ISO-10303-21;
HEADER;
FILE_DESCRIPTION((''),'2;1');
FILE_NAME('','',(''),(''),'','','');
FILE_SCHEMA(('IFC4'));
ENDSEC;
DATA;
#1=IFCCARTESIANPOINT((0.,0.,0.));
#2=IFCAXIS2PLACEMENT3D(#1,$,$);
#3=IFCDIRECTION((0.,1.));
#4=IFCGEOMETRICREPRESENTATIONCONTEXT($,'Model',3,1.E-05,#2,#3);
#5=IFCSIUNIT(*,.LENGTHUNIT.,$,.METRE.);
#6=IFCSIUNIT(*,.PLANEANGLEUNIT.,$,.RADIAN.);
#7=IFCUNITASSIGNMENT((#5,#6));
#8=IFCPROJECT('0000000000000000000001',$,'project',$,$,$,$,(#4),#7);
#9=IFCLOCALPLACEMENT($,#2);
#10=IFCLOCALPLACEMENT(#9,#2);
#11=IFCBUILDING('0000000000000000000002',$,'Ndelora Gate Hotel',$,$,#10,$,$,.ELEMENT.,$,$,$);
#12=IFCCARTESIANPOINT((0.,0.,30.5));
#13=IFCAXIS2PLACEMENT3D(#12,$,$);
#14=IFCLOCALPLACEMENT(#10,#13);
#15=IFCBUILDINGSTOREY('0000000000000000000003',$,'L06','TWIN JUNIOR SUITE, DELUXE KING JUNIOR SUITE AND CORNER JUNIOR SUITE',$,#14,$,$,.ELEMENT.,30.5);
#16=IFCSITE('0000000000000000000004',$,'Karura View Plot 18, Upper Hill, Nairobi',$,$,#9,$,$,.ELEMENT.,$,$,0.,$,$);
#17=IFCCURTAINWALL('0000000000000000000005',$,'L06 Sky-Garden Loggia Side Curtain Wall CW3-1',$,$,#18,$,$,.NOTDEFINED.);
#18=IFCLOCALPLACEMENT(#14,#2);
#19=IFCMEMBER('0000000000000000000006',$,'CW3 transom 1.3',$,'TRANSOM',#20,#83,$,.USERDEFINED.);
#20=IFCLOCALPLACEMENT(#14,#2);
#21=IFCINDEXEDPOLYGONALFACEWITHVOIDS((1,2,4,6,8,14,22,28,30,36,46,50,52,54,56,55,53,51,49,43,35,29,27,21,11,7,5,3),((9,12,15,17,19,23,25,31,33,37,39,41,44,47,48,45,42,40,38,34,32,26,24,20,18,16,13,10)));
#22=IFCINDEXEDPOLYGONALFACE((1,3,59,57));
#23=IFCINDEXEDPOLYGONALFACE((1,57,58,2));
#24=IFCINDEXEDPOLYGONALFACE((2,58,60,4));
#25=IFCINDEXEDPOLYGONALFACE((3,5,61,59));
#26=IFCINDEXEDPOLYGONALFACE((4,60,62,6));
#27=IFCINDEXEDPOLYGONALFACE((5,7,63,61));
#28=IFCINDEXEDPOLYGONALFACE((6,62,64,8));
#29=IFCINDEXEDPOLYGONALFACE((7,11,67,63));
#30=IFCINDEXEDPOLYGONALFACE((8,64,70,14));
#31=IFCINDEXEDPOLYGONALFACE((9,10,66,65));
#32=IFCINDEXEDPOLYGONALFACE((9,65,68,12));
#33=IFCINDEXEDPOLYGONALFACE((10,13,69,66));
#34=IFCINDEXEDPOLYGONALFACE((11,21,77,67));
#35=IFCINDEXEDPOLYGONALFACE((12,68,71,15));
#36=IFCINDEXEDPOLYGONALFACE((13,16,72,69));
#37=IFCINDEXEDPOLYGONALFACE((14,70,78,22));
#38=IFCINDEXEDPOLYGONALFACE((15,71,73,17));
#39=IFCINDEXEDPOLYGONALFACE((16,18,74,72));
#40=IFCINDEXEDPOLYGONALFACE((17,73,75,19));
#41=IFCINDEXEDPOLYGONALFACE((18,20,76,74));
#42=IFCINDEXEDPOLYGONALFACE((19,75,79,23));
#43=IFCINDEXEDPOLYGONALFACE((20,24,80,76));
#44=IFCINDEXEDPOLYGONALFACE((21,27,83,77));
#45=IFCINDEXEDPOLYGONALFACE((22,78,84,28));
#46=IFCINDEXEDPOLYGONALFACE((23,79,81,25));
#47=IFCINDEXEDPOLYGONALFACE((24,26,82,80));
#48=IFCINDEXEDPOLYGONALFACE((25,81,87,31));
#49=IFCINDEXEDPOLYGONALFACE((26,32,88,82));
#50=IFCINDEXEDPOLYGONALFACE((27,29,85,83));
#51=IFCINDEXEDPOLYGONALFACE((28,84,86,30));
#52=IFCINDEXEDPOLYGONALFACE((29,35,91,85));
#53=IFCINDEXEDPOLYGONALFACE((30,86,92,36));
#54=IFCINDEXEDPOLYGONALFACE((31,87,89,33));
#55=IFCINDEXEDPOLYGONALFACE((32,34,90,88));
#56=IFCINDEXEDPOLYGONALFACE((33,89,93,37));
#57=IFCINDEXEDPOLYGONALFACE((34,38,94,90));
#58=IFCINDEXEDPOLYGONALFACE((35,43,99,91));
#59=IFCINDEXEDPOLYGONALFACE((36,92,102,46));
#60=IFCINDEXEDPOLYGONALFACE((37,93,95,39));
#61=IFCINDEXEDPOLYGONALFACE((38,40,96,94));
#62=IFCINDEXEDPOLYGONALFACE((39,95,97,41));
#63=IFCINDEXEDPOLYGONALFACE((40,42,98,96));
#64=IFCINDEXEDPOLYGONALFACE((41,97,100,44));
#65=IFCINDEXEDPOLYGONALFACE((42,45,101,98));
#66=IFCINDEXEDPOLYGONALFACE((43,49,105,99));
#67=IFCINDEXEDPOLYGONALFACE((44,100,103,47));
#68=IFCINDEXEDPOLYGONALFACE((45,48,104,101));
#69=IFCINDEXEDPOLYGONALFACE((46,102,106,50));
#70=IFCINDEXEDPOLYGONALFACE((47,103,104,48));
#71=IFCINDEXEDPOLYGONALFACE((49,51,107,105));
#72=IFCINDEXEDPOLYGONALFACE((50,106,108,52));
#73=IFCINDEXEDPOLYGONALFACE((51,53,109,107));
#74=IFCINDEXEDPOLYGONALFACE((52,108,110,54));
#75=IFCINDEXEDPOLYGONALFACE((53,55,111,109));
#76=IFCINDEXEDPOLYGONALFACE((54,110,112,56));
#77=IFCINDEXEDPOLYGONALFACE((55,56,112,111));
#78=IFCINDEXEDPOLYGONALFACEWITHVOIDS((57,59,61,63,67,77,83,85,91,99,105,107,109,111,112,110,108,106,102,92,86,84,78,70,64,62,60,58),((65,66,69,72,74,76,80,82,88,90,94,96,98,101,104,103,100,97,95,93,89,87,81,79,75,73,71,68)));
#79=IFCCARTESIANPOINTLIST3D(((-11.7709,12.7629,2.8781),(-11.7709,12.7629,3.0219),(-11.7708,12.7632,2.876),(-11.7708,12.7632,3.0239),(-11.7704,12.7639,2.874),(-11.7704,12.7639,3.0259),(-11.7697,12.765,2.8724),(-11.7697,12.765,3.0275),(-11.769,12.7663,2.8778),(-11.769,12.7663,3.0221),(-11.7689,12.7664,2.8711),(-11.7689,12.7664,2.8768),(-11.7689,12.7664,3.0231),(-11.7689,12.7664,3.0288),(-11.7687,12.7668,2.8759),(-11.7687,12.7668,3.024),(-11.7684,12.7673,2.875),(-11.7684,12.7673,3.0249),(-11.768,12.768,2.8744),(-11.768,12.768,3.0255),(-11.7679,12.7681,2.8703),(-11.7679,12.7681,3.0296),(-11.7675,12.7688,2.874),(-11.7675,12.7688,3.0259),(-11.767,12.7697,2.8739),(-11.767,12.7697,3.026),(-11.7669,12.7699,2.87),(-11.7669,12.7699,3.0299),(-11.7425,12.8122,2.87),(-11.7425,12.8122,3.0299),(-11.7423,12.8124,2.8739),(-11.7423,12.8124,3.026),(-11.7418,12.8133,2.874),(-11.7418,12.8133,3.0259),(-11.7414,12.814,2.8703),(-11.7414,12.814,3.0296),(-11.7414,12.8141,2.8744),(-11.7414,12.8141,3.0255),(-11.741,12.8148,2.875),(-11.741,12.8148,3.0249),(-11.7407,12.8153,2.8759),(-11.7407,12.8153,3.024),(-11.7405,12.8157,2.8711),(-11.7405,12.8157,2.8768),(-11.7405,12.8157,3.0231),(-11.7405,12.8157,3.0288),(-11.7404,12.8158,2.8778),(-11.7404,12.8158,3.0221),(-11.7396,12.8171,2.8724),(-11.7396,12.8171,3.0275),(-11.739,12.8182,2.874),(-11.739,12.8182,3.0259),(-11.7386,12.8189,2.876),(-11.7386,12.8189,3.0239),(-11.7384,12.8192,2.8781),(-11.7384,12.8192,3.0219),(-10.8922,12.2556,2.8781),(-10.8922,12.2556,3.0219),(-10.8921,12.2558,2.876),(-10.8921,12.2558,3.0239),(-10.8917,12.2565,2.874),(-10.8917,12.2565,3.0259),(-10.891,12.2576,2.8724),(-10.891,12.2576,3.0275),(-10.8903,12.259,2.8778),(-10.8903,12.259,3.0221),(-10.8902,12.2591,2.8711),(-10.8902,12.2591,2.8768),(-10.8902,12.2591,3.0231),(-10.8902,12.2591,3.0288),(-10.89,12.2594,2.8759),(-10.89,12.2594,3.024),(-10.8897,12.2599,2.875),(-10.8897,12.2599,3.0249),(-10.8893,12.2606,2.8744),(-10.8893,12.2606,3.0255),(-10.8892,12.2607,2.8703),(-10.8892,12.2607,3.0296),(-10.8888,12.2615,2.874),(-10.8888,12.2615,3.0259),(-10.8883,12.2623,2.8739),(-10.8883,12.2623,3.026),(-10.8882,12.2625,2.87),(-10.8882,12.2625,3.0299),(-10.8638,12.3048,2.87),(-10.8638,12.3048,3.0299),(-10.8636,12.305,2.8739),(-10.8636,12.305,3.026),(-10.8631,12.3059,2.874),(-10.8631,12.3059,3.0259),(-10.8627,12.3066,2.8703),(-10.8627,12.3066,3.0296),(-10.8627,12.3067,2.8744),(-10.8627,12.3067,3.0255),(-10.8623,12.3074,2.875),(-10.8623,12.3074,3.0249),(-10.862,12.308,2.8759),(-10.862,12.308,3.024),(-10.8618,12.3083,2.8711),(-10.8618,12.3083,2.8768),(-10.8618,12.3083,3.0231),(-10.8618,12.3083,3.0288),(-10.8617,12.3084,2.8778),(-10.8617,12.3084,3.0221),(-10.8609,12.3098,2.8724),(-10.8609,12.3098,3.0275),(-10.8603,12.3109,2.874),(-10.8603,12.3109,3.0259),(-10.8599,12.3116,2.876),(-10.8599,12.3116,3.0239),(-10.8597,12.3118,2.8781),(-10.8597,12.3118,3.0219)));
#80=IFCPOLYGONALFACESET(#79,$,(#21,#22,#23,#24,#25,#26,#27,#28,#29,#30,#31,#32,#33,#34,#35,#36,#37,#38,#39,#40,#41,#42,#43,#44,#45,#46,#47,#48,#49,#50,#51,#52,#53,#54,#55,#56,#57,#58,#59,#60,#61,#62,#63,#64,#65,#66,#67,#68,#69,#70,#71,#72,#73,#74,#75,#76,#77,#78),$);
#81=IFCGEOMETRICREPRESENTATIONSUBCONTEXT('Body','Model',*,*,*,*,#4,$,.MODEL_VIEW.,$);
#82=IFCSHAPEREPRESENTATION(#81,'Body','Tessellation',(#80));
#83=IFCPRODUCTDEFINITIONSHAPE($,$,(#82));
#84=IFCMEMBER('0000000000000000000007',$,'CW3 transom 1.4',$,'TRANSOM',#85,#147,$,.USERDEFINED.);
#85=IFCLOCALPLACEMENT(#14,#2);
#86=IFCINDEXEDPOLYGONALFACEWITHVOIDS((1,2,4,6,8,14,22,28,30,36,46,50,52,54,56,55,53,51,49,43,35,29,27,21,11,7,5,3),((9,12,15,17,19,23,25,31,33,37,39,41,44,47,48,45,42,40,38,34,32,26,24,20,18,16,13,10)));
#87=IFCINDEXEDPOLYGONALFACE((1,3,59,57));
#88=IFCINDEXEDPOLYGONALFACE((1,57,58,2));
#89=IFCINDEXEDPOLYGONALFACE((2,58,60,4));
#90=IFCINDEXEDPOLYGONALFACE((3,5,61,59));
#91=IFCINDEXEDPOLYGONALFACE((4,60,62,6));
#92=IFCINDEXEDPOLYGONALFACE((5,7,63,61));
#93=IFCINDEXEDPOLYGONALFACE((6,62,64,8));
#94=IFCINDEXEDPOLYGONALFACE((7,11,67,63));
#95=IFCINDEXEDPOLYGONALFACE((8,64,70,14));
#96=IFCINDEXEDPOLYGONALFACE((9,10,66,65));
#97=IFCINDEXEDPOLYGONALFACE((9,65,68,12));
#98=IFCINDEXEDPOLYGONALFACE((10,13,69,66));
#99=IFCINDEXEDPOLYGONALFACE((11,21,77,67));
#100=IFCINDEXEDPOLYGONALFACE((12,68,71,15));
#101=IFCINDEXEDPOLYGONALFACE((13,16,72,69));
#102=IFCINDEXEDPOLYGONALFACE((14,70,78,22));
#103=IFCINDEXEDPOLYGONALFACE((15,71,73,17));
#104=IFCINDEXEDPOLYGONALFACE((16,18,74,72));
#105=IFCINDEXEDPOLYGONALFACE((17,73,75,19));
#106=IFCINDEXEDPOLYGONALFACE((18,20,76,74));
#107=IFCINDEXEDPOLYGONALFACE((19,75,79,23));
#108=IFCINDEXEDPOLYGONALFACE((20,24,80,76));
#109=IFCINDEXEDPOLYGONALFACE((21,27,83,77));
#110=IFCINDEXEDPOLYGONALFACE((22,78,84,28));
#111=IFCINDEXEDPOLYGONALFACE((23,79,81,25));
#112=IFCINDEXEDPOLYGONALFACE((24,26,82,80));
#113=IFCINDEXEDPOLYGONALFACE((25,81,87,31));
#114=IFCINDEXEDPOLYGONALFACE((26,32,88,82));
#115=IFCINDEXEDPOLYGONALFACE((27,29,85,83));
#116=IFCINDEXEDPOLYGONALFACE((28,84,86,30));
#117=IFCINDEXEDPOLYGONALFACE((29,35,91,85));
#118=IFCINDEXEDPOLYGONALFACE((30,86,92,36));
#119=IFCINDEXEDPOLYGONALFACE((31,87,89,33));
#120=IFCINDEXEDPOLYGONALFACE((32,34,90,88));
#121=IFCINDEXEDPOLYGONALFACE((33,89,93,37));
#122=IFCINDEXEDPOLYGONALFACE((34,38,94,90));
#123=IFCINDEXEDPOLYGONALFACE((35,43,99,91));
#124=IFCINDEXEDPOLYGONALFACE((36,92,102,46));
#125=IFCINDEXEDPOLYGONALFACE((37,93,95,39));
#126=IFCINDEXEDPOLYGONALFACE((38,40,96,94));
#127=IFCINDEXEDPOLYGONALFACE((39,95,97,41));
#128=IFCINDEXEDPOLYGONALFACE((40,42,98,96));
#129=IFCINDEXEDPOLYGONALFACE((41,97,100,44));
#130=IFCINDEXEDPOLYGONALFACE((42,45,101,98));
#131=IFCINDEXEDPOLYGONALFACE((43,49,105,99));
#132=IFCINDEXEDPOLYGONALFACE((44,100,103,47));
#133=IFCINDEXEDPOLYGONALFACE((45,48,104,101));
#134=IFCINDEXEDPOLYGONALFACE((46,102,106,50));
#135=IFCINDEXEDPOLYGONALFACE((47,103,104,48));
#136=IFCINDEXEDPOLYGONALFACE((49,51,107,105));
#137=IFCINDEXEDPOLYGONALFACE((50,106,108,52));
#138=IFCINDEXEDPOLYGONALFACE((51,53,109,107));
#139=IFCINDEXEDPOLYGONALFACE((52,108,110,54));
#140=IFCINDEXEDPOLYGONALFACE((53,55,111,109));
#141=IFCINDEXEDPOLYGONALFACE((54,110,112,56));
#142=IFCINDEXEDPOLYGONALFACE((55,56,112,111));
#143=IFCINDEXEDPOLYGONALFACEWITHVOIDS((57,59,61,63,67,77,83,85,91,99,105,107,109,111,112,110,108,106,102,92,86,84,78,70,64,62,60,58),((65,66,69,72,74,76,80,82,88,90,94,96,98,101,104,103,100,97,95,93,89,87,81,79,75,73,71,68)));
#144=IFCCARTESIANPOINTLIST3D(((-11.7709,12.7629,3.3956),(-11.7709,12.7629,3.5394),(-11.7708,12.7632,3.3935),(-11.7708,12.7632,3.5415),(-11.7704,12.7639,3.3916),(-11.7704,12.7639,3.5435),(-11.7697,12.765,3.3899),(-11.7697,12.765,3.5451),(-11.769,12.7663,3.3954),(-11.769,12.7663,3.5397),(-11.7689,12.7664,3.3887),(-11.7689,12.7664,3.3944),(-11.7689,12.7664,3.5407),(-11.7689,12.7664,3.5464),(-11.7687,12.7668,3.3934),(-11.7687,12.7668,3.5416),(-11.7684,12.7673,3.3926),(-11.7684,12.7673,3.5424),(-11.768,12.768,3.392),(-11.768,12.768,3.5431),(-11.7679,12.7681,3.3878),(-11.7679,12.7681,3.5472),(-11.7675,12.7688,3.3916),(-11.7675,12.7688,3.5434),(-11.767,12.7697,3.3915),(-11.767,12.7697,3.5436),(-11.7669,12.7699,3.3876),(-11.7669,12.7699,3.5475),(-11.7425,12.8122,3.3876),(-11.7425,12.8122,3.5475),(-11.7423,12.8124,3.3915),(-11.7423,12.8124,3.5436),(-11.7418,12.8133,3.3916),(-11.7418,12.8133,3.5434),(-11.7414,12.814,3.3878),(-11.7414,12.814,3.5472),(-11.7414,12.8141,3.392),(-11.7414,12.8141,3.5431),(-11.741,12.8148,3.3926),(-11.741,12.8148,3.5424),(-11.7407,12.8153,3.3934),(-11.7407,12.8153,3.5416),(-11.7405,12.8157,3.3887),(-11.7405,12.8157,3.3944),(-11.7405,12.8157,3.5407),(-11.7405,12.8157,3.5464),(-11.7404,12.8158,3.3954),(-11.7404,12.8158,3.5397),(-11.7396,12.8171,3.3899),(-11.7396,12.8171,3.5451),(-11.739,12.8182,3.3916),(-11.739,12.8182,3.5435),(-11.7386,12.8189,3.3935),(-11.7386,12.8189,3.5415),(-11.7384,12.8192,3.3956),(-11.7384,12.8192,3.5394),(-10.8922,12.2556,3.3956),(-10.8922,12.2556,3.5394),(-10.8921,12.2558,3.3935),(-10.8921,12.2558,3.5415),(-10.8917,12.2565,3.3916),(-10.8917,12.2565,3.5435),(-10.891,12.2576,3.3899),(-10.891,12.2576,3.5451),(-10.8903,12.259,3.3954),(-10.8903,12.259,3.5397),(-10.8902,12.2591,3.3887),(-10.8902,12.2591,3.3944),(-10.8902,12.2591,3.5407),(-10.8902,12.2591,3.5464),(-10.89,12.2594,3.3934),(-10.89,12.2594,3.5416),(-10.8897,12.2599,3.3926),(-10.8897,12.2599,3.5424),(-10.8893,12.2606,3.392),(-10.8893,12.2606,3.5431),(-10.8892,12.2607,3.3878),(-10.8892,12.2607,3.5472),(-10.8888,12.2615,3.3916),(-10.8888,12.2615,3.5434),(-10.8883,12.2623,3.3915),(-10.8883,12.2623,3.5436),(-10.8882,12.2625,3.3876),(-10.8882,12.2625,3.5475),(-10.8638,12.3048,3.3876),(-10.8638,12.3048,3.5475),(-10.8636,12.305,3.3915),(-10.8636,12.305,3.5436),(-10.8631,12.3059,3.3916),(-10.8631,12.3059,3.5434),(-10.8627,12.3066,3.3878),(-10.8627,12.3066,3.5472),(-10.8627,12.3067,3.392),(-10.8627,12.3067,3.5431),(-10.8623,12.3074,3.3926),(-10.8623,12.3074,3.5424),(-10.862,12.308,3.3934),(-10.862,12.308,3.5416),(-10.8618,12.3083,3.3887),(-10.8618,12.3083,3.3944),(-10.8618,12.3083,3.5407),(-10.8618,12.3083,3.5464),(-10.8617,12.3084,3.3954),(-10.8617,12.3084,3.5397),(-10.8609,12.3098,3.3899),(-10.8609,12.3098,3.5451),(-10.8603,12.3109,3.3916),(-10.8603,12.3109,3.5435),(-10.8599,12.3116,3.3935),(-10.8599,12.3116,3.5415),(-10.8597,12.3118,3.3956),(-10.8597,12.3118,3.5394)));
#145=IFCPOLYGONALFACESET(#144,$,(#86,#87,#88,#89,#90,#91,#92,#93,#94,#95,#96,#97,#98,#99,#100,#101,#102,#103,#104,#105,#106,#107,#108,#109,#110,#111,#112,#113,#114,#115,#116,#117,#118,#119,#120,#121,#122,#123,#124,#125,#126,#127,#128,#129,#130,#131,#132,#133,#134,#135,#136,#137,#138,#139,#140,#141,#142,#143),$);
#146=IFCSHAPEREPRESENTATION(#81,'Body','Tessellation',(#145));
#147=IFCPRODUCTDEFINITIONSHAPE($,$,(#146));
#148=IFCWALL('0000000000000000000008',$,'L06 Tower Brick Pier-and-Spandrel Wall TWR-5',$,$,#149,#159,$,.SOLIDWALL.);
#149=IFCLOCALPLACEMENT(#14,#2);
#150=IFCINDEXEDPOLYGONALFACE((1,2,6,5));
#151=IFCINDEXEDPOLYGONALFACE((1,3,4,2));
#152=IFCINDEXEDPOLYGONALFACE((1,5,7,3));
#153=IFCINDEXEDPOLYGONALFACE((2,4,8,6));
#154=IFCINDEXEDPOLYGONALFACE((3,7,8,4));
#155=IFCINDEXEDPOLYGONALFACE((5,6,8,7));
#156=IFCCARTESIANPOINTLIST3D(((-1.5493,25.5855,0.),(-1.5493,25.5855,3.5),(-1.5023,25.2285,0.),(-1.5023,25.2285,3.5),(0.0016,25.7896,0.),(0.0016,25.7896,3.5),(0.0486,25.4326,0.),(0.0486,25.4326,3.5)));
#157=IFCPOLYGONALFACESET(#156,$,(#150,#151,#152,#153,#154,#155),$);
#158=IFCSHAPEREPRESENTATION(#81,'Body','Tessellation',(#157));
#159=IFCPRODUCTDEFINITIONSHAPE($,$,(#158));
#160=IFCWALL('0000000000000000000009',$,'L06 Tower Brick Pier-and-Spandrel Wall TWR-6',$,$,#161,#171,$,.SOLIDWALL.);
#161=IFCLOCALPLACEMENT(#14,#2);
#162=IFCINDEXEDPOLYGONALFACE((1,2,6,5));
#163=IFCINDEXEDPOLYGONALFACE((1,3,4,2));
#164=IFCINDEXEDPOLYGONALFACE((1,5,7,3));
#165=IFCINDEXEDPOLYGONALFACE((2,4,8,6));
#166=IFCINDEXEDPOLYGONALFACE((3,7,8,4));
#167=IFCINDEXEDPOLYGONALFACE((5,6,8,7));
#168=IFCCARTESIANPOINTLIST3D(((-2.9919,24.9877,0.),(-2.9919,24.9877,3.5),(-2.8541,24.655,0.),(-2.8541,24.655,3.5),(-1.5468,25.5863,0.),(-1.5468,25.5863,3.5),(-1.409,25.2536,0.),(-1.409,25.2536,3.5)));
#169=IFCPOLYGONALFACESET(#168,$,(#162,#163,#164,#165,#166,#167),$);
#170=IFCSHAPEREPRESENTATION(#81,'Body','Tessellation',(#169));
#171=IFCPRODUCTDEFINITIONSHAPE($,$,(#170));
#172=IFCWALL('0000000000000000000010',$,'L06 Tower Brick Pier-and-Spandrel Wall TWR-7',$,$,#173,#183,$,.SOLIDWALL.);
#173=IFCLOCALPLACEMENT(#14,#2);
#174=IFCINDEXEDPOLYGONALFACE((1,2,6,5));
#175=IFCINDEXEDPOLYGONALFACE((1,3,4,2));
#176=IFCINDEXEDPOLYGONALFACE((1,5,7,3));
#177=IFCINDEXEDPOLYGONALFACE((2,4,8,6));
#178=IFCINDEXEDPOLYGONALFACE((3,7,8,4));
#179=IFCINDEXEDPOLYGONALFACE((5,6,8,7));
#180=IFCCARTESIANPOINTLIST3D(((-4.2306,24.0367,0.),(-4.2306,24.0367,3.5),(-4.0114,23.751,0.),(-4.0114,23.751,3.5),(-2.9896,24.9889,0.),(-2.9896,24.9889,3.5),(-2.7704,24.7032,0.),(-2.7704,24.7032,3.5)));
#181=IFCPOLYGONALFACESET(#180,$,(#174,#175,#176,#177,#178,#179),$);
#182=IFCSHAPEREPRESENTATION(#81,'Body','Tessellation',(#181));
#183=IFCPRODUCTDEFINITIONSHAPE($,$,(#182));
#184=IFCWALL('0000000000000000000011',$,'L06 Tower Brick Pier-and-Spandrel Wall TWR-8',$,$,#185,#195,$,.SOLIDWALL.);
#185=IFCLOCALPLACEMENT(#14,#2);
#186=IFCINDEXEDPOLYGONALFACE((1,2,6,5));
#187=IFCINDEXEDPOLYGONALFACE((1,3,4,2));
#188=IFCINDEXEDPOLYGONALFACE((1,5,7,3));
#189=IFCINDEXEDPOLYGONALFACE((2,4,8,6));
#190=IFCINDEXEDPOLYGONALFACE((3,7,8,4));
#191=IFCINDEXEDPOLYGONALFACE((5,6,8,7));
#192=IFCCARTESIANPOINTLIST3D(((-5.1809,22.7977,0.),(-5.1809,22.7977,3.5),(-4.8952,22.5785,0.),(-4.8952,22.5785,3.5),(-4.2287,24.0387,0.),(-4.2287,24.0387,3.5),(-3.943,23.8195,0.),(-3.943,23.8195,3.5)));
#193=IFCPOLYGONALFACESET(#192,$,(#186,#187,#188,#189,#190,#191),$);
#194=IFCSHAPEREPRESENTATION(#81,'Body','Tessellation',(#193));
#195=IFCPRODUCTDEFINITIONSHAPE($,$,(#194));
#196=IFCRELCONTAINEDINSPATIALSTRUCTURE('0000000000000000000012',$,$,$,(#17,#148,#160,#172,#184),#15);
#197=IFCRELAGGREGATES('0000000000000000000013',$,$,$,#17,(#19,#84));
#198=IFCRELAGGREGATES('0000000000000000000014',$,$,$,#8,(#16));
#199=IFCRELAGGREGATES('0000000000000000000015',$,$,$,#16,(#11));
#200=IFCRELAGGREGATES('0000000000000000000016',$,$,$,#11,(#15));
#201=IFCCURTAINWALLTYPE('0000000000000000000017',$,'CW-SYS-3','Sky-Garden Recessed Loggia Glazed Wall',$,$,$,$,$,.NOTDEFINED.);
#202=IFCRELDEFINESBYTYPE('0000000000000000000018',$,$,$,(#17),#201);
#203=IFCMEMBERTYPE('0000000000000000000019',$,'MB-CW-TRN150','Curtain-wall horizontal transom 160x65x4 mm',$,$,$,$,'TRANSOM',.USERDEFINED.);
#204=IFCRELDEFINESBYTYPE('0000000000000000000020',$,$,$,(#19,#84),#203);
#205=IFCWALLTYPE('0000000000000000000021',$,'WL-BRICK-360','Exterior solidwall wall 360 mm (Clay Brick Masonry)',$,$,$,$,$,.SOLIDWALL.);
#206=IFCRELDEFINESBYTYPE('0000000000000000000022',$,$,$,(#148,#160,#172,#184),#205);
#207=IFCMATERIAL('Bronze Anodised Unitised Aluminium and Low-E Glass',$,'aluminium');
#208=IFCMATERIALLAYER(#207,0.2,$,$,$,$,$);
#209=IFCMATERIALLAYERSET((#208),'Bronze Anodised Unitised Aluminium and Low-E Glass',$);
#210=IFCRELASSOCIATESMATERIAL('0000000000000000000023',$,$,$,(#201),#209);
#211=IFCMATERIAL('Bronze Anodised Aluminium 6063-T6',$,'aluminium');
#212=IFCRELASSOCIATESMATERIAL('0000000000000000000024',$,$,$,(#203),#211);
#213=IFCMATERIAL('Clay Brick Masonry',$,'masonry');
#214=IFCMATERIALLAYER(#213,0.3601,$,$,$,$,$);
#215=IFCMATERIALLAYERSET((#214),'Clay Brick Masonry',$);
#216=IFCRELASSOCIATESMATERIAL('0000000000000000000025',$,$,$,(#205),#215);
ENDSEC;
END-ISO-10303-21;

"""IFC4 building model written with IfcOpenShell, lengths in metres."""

from ifc_helpers import new_model, si_unit, direction, frame, frame_2d, origin, origin_2d, place, context, subcontext, project, spatial, rectangle, hollow_rectangle, extrude, material, layer, layer_set, material_profile, profile_set, type_object, element, aggregate, save


model = new_model("IFC4")

# Units and contexts
model_context = context("Model", 3, precision=1e-05, world=origin(), true_north=direction((0.0, 1.0)))
body_context = subcontext(model_context, "Body", "Model", "MODEL_VIEW")
ifc_project = project(units=[si_unit("LENGTHUNIT", "METRE"), si_unit("PLANEANGLEUNIT", "RADIAN")], contexts=[model_context])

# Site, building, storey
site_placement = place(None, origin())
site = spatial("IfcSite", under=ifc_project, at=site_placement, Name="Karura View Plot 18, Upper Hill, Nairobi", CompositionType="ELEMENT", RefElevation=0.0)
building_placement = place(site_placement, origin())
building = spatial("IfcBuilding", under=site, at=building_placement, Name="Ndelora Gate Hotel", CompositionType="ELEMENT")
storey_placement = place(building_placement, frame((0.0, 0.0, 30.5)))
storey = spatial("IfcBuildingStorey", under=building, at=storey_placement, Name="L06", Description="TWIN JUNIOR SUITE, DELUXE KING JUNIOR SUITE AND CORNER JUNIOR SUITE", CompositionType="ELEMENT", Elevation=30.5)

# Curtain wall, members
ifc_material_1 = material(Name="Bronze Anodised Unitised Aluminium and Low-E Glass", Category="aluminium")
ifc_layer_1 = layer(ifc_material_1, 0.2)
ifc_layer_set_1 = layer_set([ifc_layer_1], Name="Bronze Anodised Unitised Aluminium and Low-E Glass")
curtain_wall_type = type_object("IfcCurtainWallType", Name="CW-SYS-3", Description="Sky-Garden Recessed Loggia Glazed Wall", PredefinedType="NOTDEFINED", material=ifc_layer_set_1)
curtain_wall_placement = place(storey_placement, origin())
curtain_wall = element("IfcCurtainWall", 1, at=curtain_wall_placement, inside=storey, type_object=curtain_wall_type, Name="L06 Sky-Garden Loggia Side Curtain Wall CW3-1", PredefinedType="NOTDEFINED")
ifc_material_2 = material(Name="Bronze Anodised Aluminium 6063-T6", Category="aluminium")
ifc_material_profile_1 = material_profile(ifc_material_2, hollow_rectangle(XDim=0.0649, YDim=0.1599, WallThickness=0.0039, InnerFilletRadius=0.0039, OuterFilletRadius=0.0081, at=origin_2d()), Name="ALU 160x65x4")
ifc_profile_set_1 = profile_set([ifc_material_profile_1], Name="Bronze Anodised Aluminium 6063-T6")
member_type_1 = type_object("IfcMemberType", Name="MB-CW-TRN150", Description="Curtain-wall horizontal transom 160x65x4 mm", ElementType="TRANSOM", PredefinedType="USERDEFINED", material=ifc_profile_set_1)
member_1_placement = place(storey_placement, frame((-10.876, 12.2837, 2.95), z_axis=(-0.866013, 0.500021, 0.0), x_axis=(-0.500021, -0.866013, 0.0)))
member_1 = element("IfcMember", 2, at=member_1_placement, type_object=member_type_1, Name="CW3 transom 1.3", ObjectType="TRANSOM", PredefinedType="USERDEFINED", context=body_context, shape_type="SweptSolid", body=[
    extrude(hollow_rectangle(XDim=0.0649, YDim=0.1599, WallThickness=0.0039, InnerFilletRadius=0.0039, OuterFilletRadius=0.0081, at=origin_2d()), origin(), (0.0, 0.0, 1.0), 1.0146),
])
member_2_placement = place(storey_placement, frame((-10.876, 12.2837, 3.4675), z_axis=(-0.866013, 0.500021, 0.0), x_axis=(-0.500021, -0.866013, 0.0)))
member_2 = element("IfcMember", 3, at=member_2_placement, type_object=member_type_1, Name="CW3 transom 1.4", ObjectType="TRANSOM", PredefinedType="USERDEFINED", context=body_context, shape_type="SweptSolid", body=[
    extrude(hollow_rectangle(XDim=0.0649, YDim=0.1599, WallThickness=0.0039, InnerFilletRadius=0.0039, OuterFilletRadius=0.0081, at=origin_2d()), origin(), (0.0, 0.0, 1.0), 1.0146),
])
aggregate(curtain_wall, [member_1, member_2])

# Walls
ifc_material_3 = material(Name="Clay Brick Masonry", Category="masonry")
ifc_layer_2 = layer(ifc_material_3, 0.3601)
ifc_layer_set_2 = layer_set([ifc_layer_2], Name="Clay Brick Masonry")
wall_type_1 = type_object("IfcWallType", Name="WL-BRICK-360", Description="Exterior solidwall wall 360 mm (Clay Brick Masonry)", PredefinedType="SOLIDWALL", material=ifc_layer_set_2)
for number, where, z_axis, x_axis, name in (
    (4, (-1.5259, 25.407, 0.0), (0.0, 0.0, 1.0), (0.99145, 0.130487, 0.0), "L06 Tower Brick Pier-and-Spandrel Wall TWR-5"),
    (5, (-2.9231, 24.8213, 0.0), (0.0, 0.0, 1.0), (0.923865, 0.382719, 0.0), "L06 Tower Brick Pier-and-Spandrel Wall TWR-6"),
    (6, (-4.1211, 23.8938, 0.0), (0.0, 0.0, 1.0), (0.793378, 0.60873, 0.0), "L06 Tower Brick Pier-and-Spandrel Wall TWR-7"),
    (7, (-5.0381, 22.688, 0.0), (0.0, 0.0, 1.0), (0.60873, 0.793378, 0.0), "L06 Tower Brick Pier-and-Spandrel Wall TWR-8"),
):
    element("IfcWall", number, at=place(storey_placement, frame(where, z_axis=z_axis, x_axis=x_axis)), inside=storey, type_object=wall_type_1, Name=name, PredefinedType="SOLIDWALL", context=body_context, shape_type="SweptSolid", body=[
        extrude(rectangle(XDim=1.5642, YDim=0.3601, at=frame_2d((0.7822, 0.0))), origin(), (0.0, 0.0, 1.0), 3.5),
    ])

save(model, "model.ifc")
